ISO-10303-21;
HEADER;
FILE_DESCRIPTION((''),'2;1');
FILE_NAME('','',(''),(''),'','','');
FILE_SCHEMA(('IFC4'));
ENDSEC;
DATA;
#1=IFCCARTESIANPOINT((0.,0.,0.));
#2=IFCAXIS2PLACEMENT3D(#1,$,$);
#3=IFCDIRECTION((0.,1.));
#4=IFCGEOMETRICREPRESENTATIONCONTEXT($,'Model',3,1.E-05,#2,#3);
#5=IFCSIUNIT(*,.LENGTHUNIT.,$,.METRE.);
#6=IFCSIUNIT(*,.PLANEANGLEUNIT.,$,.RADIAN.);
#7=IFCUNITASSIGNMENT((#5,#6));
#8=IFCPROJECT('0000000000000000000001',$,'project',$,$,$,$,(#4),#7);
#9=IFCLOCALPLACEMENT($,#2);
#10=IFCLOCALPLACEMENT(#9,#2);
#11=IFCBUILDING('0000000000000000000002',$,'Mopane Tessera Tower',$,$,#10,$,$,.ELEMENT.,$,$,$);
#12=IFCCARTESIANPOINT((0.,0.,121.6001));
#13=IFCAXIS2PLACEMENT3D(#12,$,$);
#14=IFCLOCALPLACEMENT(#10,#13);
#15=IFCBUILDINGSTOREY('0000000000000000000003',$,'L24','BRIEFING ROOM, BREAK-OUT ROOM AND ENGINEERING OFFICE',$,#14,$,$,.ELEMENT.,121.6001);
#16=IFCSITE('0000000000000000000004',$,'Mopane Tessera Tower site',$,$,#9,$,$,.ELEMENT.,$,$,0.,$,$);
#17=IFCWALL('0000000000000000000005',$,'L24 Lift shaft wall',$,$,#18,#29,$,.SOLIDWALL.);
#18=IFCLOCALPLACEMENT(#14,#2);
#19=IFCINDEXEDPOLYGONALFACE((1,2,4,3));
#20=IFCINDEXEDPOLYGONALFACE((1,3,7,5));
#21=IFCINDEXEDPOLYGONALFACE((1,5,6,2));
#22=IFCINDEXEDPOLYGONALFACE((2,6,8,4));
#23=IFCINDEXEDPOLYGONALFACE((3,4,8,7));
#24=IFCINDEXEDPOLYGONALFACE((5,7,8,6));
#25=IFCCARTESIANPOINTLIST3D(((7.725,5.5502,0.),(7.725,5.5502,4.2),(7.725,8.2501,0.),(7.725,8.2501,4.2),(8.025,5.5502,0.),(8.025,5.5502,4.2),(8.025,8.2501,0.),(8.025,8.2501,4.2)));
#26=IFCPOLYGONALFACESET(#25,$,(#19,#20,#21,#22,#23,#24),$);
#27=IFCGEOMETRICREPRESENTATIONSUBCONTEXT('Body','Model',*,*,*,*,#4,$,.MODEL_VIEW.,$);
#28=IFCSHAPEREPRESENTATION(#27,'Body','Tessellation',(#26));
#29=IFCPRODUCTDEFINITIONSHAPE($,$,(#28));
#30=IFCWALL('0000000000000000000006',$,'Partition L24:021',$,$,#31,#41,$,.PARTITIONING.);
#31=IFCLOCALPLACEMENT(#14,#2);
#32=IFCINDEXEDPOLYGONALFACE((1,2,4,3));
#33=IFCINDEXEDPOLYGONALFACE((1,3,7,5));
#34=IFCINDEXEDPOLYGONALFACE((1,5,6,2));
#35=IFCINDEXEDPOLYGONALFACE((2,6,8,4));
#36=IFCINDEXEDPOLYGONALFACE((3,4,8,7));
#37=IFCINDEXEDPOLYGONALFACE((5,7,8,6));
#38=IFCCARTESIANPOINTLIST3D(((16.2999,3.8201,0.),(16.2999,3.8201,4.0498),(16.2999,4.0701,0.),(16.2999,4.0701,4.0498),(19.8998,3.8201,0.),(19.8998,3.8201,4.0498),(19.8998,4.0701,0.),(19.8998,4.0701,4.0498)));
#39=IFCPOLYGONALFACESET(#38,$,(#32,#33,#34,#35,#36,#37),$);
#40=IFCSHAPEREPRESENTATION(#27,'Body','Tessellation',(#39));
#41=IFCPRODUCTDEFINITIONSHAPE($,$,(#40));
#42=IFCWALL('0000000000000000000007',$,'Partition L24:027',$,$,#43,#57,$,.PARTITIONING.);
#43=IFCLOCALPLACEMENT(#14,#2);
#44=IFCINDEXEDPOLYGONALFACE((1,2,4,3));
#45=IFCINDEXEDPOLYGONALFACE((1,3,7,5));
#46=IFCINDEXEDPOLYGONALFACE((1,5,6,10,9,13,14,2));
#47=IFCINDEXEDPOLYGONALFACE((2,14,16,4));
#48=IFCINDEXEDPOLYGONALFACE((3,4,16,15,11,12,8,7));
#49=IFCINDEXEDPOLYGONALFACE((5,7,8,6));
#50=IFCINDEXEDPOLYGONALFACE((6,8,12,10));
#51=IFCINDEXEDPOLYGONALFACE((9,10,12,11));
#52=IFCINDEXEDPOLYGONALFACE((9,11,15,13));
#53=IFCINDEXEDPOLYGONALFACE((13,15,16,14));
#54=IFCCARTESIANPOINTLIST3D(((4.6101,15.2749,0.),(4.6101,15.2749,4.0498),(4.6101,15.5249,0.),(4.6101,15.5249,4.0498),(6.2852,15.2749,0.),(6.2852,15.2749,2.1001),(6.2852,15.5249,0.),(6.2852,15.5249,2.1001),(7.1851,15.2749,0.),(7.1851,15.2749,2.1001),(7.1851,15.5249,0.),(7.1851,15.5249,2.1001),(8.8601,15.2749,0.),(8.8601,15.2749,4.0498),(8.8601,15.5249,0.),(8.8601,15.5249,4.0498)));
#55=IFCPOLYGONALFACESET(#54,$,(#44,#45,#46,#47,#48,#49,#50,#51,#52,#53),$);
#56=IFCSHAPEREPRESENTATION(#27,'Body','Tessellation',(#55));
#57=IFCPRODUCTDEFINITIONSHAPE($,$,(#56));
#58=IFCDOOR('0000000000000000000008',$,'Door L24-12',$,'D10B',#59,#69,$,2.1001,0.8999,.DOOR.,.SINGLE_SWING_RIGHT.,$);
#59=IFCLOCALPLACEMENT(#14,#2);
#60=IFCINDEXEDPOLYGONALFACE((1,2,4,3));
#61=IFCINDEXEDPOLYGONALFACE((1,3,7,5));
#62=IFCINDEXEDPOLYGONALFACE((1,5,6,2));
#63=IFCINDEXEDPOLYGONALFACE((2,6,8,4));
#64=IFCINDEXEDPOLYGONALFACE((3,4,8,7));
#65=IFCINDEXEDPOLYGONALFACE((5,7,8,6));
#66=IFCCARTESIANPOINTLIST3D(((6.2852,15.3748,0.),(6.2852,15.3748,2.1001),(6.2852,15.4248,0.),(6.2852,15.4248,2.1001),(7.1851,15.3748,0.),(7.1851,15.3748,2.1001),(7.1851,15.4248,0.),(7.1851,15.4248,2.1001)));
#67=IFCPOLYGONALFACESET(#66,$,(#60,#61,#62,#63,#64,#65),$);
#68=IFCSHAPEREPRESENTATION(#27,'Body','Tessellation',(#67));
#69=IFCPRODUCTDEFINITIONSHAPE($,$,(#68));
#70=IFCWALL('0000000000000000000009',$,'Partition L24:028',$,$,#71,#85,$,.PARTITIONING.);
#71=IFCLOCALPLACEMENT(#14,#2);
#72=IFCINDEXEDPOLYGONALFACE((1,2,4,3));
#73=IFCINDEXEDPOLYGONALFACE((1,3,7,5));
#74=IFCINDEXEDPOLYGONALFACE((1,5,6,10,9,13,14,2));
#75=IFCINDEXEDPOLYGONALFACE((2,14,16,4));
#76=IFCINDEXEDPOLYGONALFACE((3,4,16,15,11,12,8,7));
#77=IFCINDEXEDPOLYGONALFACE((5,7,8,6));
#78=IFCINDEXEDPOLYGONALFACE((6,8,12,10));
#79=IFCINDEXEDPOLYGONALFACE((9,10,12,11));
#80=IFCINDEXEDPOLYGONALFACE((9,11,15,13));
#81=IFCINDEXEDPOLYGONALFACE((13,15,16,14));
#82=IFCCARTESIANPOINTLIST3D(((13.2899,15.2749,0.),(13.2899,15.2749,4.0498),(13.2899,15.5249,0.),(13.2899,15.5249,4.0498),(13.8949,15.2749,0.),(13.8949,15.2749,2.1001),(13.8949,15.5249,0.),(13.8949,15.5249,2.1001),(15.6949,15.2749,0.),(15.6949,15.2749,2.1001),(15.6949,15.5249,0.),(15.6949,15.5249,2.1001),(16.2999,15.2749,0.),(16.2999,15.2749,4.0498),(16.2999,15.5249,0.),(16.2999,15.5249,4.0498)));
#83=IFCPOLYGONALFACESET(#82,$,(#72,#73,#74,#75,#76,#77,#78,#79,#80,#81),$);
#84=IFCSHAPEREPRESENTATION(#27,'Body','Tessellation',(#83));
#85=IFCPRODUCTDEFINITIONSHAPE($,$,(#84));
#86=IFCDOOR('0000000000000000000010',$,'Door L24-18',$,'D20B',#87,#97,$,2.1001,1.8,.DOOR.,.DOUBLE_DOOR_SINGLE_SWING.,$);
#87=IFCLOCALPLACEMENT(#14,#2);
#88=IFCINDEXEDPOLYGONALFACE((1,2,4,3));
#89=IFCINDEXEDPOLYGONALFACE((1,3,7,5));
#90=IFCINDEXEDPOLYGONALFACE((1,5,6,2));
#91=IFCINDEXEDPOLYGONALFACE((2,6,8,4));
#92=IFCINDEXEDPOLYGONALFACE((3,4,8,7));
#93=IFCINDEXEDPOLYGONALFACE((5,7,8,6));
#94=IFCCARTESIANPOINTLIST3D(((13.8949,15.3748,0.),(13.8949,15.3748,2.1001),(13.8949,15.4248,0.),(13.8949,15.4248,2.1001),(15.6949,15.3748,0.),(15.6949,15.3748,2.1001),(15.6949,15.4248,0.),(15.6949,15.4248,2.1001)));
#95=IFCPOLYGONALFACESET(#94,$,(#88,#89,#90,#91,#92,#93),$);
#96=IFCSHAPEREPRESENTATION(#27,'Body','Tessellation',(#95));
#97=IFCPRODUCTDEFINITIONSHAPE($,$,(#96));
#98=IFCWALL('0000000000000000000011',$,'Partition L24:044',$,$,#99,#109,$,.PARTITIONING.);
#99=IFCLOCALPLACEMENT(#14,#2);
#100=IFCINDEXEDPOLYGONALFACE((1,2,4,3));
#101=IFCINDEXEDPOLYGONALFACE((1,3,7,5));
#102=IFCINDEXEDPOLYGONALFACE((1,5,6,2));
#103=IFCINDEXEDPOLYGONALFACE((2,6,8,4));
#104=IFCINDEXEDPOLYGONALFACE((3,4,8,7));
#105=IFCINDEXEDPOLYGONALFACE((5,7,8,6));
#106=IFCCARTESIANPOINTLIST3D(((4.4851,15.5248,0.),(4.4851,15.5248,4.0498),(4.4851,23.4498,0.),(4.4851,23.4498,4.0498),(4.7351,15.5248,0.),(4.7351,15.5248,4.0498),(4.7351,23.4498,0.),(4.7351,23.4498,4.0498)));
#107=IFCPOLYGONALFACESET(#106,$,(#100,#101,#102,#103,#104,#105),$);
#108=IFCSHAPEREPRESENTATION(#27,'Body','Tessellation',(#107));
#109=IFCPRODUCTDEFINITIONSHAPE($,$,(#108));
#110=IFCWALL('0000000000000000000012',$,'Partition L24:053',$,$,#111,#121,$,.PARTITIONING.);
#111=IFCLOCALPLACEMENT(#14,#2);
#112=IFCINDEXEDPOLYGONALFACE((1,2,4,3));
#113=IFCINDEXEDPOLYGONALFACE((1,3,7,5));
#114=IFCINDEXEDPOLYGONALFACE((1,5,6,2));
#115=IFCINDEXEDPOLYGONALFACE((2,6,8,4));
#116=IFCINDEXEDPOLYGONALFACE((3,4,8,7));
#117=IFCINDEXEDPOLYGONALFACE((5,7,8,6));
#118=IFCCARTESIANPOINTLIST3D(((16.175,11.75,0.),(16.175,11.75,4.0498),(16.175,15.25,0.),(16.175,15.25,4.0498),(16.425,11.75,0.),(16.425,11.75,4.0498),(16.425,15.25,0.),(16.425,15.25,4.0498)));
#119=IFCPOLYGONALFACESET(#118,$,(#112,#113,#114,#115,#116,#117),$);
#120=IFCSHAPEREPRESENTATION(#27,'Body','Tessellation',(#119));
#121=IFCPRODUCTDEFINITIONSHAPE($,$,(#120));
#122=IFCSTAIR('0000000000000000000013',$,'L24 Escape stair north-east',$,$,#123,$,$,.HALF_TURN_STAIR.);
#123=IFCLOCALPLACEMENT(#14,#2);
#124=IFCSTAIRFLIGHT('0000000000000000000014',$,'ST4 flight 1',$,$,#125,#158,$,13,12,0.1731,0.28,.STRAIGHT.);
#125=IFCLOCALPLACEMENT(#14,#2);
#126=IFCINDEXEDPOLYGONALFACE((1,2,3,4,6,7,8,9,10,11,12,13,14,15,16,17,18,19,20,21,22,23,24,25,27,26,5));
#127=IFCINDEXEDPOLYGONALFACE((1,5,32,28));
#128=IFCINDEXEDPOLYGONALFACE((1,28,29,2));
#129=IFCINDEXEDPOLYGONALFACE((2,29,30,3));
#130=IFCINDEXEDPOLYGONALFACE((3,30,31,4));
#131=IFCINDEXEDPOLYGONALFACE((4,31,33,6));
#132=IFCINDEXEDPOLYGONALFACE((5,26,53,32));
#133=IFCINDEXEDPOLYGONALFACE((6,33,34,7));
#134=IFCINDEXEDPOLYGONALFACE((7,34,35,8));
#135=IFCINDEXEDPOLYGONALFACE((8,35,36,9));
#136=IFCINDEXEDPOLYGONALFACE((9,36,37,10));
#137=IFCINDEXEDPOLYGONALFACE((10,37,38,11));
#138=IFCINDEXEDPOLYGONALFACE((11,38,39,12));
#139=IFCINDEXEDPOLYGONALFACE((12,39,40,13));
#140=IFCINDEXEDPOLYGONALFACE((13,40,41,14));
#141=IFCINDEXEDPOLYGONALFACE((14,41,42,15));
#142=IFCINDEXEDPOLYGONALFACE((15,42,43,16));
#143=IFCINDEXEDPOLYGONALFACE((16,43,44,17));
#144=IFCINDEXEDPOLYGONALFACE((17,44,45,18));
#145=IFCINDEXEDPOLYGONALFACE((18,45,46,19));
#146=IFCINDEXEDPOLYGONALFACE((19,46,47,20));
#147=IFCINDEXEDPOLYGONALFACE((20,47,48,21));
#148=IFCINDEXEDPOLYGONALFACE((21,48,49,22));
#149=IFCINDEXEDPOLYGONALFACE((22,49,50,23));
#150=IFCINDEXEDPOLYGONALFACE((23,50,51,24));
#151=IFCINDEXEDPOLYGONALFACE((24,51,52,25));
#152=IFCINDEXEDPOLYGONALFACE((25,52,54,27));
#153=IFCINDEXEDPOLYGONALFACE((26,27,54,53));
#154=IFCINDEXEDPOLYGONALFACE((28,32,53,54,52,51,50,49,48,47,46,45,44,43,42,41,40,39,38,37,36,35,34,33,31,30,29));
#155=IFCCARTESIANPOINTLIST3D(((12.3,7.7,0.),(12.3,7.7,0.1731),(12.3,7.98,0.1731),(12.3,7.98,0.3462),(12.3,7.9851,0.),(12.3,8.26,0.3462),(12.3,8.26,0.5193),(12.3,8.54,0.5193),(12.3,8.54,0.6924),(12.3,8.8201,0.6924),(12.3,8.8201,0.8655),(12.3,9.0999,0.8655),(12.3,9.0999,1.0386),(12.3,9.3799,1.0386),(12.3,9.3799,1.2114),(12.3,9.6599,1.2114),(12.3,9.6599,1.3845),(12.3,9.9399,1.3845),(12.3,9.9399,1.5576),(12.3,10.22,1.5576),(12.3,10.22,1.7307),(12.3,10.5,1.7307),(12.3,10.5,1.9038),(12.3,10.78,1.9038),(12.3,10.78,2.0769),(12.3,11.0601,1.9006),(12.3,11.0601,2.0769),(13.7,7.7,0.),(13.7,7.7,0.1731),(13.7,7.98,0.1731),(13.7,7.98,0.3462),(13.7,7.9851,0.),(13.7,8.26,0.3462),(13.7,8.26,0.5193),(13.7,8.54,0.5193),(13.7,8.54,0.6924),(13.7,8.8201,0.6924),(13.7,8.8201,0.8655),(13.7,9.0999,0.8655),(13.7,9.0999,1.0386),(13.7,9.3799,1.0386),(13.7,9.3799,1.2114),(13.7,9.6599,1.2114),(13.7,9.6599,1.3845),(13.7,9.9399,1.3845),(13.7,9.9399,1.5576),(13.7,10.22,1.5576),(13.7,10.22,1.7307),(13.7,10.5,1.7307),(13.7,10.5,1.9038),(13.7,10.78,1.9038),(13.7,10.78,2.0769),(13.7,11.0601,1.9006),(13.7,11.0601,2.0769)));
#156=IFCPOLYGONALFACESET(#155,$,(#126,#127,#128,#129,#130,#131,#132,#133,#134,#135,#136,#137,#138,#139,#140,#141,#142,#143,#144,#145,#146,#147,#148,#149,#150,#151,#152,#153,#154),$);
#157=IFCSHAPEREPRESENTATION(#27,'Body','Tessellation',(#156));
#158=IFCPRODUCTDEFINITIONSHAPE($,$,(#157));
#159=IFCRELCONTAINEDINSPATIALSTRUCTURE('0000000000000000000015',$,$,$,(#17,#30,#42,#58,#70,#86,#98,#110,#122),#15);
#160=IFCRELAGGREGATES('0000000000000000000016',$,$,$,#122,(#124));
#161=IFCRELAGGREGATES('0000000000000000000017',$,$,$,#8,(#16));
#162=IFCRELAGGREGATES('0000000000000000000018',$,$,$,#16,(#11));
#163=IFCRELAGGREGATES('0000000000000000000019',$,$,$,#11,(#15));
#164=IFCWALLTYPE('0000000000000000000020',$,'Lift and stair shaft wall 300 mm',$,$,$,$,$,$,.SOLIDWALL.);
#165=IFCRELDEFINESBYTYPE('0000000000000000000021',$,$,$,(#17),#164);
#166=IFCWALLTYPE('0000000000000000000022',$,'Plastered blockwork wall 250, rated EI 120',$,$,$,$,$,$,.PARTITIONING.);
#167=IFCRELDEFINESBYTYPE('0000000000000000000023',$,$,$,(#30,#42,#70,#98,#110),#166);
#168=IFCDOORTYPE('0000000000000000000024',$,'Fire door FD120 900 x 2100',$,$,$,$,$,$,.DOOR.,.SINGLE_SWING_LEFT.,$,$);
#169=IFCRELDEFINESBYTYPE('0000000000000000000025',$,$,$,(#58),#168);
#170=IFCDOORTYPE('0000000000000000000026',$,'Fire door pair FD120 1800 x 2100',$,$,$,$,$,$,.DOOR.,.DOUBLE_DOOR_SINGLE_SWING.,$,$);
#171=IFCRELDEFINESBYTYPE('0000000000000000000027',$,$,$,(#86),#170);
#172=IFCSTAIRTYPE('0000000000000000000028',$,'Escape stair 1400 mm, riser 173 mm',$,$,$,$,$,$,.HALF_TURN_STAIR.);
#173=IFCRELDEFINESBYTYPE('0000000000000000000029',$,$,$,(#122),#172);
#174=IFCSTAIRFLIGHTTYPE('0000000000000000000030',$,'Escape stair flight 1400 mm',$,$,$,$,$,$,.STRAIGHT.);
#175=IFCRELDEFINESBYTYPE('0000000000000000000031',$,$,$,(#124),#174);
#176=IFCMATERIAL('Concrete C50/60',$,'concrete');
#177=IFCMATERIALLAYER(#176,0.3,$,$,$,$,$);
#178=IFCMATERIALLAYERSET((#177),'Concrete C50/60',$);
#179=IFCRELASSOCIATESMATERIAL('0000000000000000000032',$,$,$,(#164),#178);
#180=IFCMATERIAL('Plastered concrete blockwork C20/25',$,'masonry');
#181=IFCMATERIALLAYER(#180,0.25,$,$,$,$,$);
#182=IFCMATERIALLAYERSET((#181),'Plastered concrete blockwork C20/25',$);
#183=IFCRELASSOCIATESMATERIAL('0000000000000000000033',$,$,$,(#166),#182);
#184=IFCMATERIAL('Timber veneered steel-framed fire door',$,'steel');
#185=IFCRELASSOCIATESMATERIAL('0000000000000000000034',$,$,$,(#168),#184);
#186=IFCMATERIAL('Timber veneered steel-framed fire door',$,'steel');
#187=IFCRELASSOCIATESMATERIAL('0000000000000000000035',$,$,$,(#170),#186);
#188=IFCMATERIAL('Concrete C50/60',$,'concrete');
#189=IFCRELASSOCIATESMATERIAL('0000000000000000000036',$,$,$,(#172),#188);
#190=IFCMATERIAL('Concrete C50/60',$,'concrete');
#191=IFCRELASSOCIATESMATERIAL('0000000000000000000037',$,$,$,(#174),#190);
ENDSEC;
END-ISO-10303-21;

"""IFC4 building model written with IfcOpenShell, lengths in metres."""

from ifc_helpers import new_model, si_unit, direction, frame, frame_2d, origin, place, context, subcontext, project, spatial, polyline, rectangle, outline, extrude, material, layer, layer_set, type_object, element, fill, aggregate, save


model = new_model("IFC4")

# Units and contexts
model_context = context("Model", 3, precision=1e-05, world=origin(), true_north=direction((0.0, 1.0)))
body_context = subcontext(model_context, "Body", "Model", "MODEL_VIEW")
ifc_project = project(units=[si_unit("LENGTHUNIT", "METRE"), si_unit("PLANEANGLEUNIT", "RADIAN")], contexts=[model_context])

# Site, building, storey
site_placement = place(None, origin())
site = spatial("IfcSite", under=ifc_project, at=site_placement, Name="Mopane Tessera Tower site", CompositionType="ELEMENT", RefElevation=0.0)
building_placement = place(site_placement, origin())
building = spatial("IfcBuilding", under=site, at=building_placement, Name="Mopane Tessera Tower", CompositionType="ELEMENT")
storey_placement = place(building_placement, frame((0.0, 0.0, 121.6001)))
storey = spatial("IfcBuildingStorey", under=building, at=storey_placement, Name="L24", Description="BRIEFING ROOM, BREAK-OUT ROOM AND ENGINEERING OFFICE", CompositionType="ELEMENT", Elevation=121.6001)

# Shared definitions
ifc_material_1 = material(Name="Concrete C50/60", Category="concrete")
ifc_layer_1 = layer(ifc_material_1, 0.3)
ifc_layer_set_1 = layer_set([ifc_layer_1], Name="Concrete C50/60")
wall_type_1 = type_object("IfcWallType", Name="Lift and stair shaft wall 300 mm", PredefinedType="SOLIDWALL", material=ifc_layer_set_1)

# Walls
for number, where, z_axis, x_axis, name in (
    (1, (7.875, 5.55, 0.0), (0.0, 0.0, 1.0), (0.0, 1.0, 0.0), "L24 Lift shaft wall"),
):
    element("IfcWall", number, at=place(storey_placement, frame(where, z_axis=z_axis, x_axis=x_axis)), inside=storey, type_object=wall_type_1, Name=name, PredefinedType="SOLIDWALL", context=body_context, shape_type="SweptSolid", body=[
        extrude(rectangle(XDim=2.7, YDim=0.3, at=frame_2d((1.3501, 0.0))), origin(), (0.0, 0.0, 1.0), 4.2),
    ])
ifc_material_2 = material(Name="Plastered concrete blockwork C20/25", Category="masonry")
ifc_layer_2 = layer(ifc_material_2, 0.25)
ifc_layer_set_2 = layer_set([ifc_layer_2], Name="Plastered concrete blockwork C20/25")
wall_type_2 = type_object("IfcWallType", Name="Plastered blockwork wall 250, rated EI 120", PredefinedType="PARTITIONING", material=ifc_layer_set_2)
wall_1_placement = place(storey_placement, frame((16.3, 3.9451, 0.0), z_axis=(0.0, 0.0, 1.0), x_axis=(1.0, 0.0, 0.0)))
element("IfcWall", 2, at=wall_1_placement, inside=storey, type_object=wall_type_2, Name="Partition L24:021", PredefinedType="PARTITIONING", context=body_context, shape_type="SweptSolid", body=[
    extrude(rectangle(XDim=3.5999, YDim=0.25, at=frame_2d((1.7998, 0.0))), origin(), (0.0, 0.0, 1.0), 4.0498),
])

# Walls, openings, doors
wall_2_placement = place(storey_placement, frame((4.6101, 15.3999, 0.0), z_axis=(0.0, 0.0, 1.0), x_axis=(1.0, 0.0, 0.0)))
wall_2 = element("IfcWall", 3, at=wall_2_placement, inside=storey, type_object=wall_type_2, Name="Partition L24:027", PredefinedType="PARTITIONING", context=body_context, shape_type="SweptSolid", body=[
    extrude(rectangle(XDim=4.25, YDim=0.25, at=frame_2d((2.125, 0.0))), origin(), (0.0, 0.0, 1.0), 4.0498),
])
opening_1_placement = place(wall_2_placement, frame((1.675, 0.0, 0.0)))
opening_1 = element("IfcOpeningElement", 4, at=opening_1_placement, cuts=wall_2, PredefinedType="OPENING", context=body_context, shape_type="SweptSolid", body=[
    extrude(rectangle(XDim=0.8999, YDim=2.1001, at=frame_2d((0.45, 1.05))), frame((0.0, 0.137, 0.0), z_axis=(0.0, -1.0, 0.0), x_axis=(1.0, 0.0, 0.0)), (0.0, 0.0, 1.0), 0.2739),
])
ifc_material_3 = material(Name="Timber veneered steel-framed fire door", Category="steel")
door_type_1 = type_object("IfcDoorType", Name="Fire door FD120 900 x 2100", OperationType="SINGLE_SWING_LEFT", PredefinedType="DOOR", material=ifc_material_3)
door_1_placement = place(opening_1_placement, origin())
door_1 = element("IfcDoor", 5, at=door_1_placement, inside=storey, type_object=door_type_1, Name="Door L24-12", ObjectType="D10B", OperationType="SINGLE_SWING_RIGHT", OverallHeight=2.1001, OverallWidth=0.8999, PredefinedType="DOOR", context=body_context, shape_type="SweptSolid", body=[
    extrude(rectangle(XDim=0.8999, YDim=2.1001, at=frame_2d((0.45, 1.05))), frame((0.0, 0.0249, 0.0), z_axis=(0.0, -1.0, 0.0), x_axis=(1.0, 0.0, 0.0)), (0.0, 0.0, 1.0), 0.05),
])
fill(opening_1, door_1)
wall_3_placement = place(storey_placement, frame((13.29, 15.3999, 0.0), z_axis=(0.0, 0.0, 1.0), x_axis=(1.0, 0.0, 0.0)))
wall_3 = element("IfcWall", 6, at=wall_3_placement, inside=storey, type_object=wall_type_2, Name="Partition L24:028", PredefinedType="PARTITIONING", context=body_context, shape_type="SweptSolid", body=[
    extrude(rectangle(XDim=3.01, YDim=0.25, at=frame_2d((1.5049, 0.0))), origin(), (0.0, 0.0, 1.0), 4.0498),
])
opening_2_placement = place(wall_3_placement, frame((0.605, 0.0, 0.0)))
opening_2 = element("IfcOpeningElement", 7, at=opening_2_placement, cuts=wall_3, PredefinedType="OPENING", context=body_context, shape_type="SweptSolid", body=[
    extrude(rectangle(XDim=1.8, YDim=2.1001, at=frame_2d((0.8999, 1.05))), frame((0.0, 0.137, 0.0), z_axis=(0.0, -1.0, 0.0), x_axis=(1.0, 0.0, 0.0)), (0.0, 0.0, 1.0), 0.2739),
])
ifc_material_4 = material(Name="Timber veneered steel-framed fire door", Category="steel")
door_type_2 = type_object("IfcDoorType", Name="Fire door pair FD120 1800 x 2100", OperationType="DOUBLE_DOOR_SINGLE_SWING", PredefinedType="DOOR", material=ifc_material_4)
door_2_placement = place(opening_2_placement, origin())
door_2 = element("IfcDoor", 8, at=door_2_placement, inside=storey, type_object=door_type_2, Name="Door L24-18", ObjectType="D20B", OperationType="DOUBLE_DOOR_SINGLE_SWING", OverallHeight=2.1001, OverallWidth=1.8, PredefinedType="DOOR", context=body_context, shape_type="SweptSolid", body=[
    extrude(rectangle(XDim=1.8, YDim=2.1001, at=frame_2d((0.8999, 1.05))), frame((0.0, 0.0249, 0.0), z_axis=(0.0, -1.0, 0.0), x_axis=(1.0, 0.0, 0.0)), (0.0, 0.0, 1.0), 0.05),
])
fill(opening_2, door_2)

# Walls
wall_4_placement = place(storey_placement, frame((4.6101, 15.5249, 0.0), z_axis=(0.0, 0.0, 1.0), x_axis=(0.0, 1.0, 0.0)))
element("IfcWall", 9, at=wall_4_placement, inside=storey, type_object=wall_type_2, Name="Partition L24:044", PredefinedType="PARTITIONING", context=body_context, shape_type="SweptSolid", body=[
    extrude(rectangle(XDim=7.925, YDim=0.25, at=frame_2d((3.9624, 0.0))), origin(), (0.0, 0.0, 1.0), 4.0498),
])
wall_5_placement = place(storey_placement, frame((16.3, 11.75, 0.0), z_axis=(0.0, 0.0, 1.0), x_axis=(0.0, 1.0, 0.0)))
element("IfcWall", 10, at=wall_5_placement, inside=storey, type_object=wall_type_2, Name="Partition L24:053", PredefinedType="PARTITIONING", context=body_context, shape_type="SweptSolid", body=[
    extrude(rectangle(XDim=3.5, YDim=0.25, at=frame_2d((1.75, 0.0))), origin(), (0.0, 0.0, 1.0), 4.0498),
])

# Stair, stair flight
ifc_material_5 = material(Name="Concrete C50/60", Category="concrete")
stair_type = type_object("IfcStairType", Name="Escape stair 1400 mm, riser 173 mm", PredefinedType="HALF_TURN_STAIR", material=ifc_material_5)
stair_placement = place(storey_placement, origin())
stair = element("IfcStair", 11, at=stair_placement, inside=storey, type_object=stair_type, Name="L24 Escape stair north-east", PredefinedType="HALF_TURN_STAIR")
ifc_material_6 = material(Name="Concrete C50/60", Category="concrete")
stair_flight_type = type_object("IfcStairFlightType", Name="Escape stair flight 1400 mm", PredefinedType="STRAIGHT", material=ifc_material_6)
stair_flight_1_placement = place(storey_placement, frame((13.0, 7.7, 0.0), z_axis=(0.0, 0.0, 1.0), x_axis=(0.0, 1.0, 0.0)))
stair_flight_1 = element("IfcStairFlight", 12, at=stair_flight_1_placement, type_object=stair_flight_type, Name="ST4 flight 1", NumberOfRisers=13, NumberOfTreads=12, PredefinedType="STRAIGHT", RiserHeight=0.1731, TreadLength=0.28, context=body_context, shape_type="SweptSolid", body=[
    extrude(outline(polyline([(0.0, 0.0), (0.0, 0.1731), (0.28, 0.1731), (0.28, 0.3462), (0.5601, 0.3462), (0.5601, 0.5193), (0.8401, 0.5193), (0.8401, 0.6924), (1.1201, 0.6924), (1.1201, 0.8655), (1.3999, 0.8655), (1.3999, 1.0386), (1.6799, 1.0386), (1.6799, 1.2114), (1.96, 1.2114), (1.96, 1.3845), (2.24, 1.3845), (2.24, 1.5576), (2.52, 1.5576), (2.52, 1.7307), (2.8, 1.7307), (2.8, 1.9038), (3.0801, 1.9038), (3.0801, 2.0769), (3.3601, 2.0769), (3.3601, 2.25), (3.3601, 1.9006), (0.2852, 0.0), (0.0, 0.0)])), frame((0.0, 0.7, 0.0), z_axis=(0.0, -1.0, 0.0), x_axis=(1.0, 0.0, 0.0)), (0.0, 0.0, 1.0), 1.3999),
])
aggregate(stair, [stair_flight_1])

save(model, "model.ifc")
